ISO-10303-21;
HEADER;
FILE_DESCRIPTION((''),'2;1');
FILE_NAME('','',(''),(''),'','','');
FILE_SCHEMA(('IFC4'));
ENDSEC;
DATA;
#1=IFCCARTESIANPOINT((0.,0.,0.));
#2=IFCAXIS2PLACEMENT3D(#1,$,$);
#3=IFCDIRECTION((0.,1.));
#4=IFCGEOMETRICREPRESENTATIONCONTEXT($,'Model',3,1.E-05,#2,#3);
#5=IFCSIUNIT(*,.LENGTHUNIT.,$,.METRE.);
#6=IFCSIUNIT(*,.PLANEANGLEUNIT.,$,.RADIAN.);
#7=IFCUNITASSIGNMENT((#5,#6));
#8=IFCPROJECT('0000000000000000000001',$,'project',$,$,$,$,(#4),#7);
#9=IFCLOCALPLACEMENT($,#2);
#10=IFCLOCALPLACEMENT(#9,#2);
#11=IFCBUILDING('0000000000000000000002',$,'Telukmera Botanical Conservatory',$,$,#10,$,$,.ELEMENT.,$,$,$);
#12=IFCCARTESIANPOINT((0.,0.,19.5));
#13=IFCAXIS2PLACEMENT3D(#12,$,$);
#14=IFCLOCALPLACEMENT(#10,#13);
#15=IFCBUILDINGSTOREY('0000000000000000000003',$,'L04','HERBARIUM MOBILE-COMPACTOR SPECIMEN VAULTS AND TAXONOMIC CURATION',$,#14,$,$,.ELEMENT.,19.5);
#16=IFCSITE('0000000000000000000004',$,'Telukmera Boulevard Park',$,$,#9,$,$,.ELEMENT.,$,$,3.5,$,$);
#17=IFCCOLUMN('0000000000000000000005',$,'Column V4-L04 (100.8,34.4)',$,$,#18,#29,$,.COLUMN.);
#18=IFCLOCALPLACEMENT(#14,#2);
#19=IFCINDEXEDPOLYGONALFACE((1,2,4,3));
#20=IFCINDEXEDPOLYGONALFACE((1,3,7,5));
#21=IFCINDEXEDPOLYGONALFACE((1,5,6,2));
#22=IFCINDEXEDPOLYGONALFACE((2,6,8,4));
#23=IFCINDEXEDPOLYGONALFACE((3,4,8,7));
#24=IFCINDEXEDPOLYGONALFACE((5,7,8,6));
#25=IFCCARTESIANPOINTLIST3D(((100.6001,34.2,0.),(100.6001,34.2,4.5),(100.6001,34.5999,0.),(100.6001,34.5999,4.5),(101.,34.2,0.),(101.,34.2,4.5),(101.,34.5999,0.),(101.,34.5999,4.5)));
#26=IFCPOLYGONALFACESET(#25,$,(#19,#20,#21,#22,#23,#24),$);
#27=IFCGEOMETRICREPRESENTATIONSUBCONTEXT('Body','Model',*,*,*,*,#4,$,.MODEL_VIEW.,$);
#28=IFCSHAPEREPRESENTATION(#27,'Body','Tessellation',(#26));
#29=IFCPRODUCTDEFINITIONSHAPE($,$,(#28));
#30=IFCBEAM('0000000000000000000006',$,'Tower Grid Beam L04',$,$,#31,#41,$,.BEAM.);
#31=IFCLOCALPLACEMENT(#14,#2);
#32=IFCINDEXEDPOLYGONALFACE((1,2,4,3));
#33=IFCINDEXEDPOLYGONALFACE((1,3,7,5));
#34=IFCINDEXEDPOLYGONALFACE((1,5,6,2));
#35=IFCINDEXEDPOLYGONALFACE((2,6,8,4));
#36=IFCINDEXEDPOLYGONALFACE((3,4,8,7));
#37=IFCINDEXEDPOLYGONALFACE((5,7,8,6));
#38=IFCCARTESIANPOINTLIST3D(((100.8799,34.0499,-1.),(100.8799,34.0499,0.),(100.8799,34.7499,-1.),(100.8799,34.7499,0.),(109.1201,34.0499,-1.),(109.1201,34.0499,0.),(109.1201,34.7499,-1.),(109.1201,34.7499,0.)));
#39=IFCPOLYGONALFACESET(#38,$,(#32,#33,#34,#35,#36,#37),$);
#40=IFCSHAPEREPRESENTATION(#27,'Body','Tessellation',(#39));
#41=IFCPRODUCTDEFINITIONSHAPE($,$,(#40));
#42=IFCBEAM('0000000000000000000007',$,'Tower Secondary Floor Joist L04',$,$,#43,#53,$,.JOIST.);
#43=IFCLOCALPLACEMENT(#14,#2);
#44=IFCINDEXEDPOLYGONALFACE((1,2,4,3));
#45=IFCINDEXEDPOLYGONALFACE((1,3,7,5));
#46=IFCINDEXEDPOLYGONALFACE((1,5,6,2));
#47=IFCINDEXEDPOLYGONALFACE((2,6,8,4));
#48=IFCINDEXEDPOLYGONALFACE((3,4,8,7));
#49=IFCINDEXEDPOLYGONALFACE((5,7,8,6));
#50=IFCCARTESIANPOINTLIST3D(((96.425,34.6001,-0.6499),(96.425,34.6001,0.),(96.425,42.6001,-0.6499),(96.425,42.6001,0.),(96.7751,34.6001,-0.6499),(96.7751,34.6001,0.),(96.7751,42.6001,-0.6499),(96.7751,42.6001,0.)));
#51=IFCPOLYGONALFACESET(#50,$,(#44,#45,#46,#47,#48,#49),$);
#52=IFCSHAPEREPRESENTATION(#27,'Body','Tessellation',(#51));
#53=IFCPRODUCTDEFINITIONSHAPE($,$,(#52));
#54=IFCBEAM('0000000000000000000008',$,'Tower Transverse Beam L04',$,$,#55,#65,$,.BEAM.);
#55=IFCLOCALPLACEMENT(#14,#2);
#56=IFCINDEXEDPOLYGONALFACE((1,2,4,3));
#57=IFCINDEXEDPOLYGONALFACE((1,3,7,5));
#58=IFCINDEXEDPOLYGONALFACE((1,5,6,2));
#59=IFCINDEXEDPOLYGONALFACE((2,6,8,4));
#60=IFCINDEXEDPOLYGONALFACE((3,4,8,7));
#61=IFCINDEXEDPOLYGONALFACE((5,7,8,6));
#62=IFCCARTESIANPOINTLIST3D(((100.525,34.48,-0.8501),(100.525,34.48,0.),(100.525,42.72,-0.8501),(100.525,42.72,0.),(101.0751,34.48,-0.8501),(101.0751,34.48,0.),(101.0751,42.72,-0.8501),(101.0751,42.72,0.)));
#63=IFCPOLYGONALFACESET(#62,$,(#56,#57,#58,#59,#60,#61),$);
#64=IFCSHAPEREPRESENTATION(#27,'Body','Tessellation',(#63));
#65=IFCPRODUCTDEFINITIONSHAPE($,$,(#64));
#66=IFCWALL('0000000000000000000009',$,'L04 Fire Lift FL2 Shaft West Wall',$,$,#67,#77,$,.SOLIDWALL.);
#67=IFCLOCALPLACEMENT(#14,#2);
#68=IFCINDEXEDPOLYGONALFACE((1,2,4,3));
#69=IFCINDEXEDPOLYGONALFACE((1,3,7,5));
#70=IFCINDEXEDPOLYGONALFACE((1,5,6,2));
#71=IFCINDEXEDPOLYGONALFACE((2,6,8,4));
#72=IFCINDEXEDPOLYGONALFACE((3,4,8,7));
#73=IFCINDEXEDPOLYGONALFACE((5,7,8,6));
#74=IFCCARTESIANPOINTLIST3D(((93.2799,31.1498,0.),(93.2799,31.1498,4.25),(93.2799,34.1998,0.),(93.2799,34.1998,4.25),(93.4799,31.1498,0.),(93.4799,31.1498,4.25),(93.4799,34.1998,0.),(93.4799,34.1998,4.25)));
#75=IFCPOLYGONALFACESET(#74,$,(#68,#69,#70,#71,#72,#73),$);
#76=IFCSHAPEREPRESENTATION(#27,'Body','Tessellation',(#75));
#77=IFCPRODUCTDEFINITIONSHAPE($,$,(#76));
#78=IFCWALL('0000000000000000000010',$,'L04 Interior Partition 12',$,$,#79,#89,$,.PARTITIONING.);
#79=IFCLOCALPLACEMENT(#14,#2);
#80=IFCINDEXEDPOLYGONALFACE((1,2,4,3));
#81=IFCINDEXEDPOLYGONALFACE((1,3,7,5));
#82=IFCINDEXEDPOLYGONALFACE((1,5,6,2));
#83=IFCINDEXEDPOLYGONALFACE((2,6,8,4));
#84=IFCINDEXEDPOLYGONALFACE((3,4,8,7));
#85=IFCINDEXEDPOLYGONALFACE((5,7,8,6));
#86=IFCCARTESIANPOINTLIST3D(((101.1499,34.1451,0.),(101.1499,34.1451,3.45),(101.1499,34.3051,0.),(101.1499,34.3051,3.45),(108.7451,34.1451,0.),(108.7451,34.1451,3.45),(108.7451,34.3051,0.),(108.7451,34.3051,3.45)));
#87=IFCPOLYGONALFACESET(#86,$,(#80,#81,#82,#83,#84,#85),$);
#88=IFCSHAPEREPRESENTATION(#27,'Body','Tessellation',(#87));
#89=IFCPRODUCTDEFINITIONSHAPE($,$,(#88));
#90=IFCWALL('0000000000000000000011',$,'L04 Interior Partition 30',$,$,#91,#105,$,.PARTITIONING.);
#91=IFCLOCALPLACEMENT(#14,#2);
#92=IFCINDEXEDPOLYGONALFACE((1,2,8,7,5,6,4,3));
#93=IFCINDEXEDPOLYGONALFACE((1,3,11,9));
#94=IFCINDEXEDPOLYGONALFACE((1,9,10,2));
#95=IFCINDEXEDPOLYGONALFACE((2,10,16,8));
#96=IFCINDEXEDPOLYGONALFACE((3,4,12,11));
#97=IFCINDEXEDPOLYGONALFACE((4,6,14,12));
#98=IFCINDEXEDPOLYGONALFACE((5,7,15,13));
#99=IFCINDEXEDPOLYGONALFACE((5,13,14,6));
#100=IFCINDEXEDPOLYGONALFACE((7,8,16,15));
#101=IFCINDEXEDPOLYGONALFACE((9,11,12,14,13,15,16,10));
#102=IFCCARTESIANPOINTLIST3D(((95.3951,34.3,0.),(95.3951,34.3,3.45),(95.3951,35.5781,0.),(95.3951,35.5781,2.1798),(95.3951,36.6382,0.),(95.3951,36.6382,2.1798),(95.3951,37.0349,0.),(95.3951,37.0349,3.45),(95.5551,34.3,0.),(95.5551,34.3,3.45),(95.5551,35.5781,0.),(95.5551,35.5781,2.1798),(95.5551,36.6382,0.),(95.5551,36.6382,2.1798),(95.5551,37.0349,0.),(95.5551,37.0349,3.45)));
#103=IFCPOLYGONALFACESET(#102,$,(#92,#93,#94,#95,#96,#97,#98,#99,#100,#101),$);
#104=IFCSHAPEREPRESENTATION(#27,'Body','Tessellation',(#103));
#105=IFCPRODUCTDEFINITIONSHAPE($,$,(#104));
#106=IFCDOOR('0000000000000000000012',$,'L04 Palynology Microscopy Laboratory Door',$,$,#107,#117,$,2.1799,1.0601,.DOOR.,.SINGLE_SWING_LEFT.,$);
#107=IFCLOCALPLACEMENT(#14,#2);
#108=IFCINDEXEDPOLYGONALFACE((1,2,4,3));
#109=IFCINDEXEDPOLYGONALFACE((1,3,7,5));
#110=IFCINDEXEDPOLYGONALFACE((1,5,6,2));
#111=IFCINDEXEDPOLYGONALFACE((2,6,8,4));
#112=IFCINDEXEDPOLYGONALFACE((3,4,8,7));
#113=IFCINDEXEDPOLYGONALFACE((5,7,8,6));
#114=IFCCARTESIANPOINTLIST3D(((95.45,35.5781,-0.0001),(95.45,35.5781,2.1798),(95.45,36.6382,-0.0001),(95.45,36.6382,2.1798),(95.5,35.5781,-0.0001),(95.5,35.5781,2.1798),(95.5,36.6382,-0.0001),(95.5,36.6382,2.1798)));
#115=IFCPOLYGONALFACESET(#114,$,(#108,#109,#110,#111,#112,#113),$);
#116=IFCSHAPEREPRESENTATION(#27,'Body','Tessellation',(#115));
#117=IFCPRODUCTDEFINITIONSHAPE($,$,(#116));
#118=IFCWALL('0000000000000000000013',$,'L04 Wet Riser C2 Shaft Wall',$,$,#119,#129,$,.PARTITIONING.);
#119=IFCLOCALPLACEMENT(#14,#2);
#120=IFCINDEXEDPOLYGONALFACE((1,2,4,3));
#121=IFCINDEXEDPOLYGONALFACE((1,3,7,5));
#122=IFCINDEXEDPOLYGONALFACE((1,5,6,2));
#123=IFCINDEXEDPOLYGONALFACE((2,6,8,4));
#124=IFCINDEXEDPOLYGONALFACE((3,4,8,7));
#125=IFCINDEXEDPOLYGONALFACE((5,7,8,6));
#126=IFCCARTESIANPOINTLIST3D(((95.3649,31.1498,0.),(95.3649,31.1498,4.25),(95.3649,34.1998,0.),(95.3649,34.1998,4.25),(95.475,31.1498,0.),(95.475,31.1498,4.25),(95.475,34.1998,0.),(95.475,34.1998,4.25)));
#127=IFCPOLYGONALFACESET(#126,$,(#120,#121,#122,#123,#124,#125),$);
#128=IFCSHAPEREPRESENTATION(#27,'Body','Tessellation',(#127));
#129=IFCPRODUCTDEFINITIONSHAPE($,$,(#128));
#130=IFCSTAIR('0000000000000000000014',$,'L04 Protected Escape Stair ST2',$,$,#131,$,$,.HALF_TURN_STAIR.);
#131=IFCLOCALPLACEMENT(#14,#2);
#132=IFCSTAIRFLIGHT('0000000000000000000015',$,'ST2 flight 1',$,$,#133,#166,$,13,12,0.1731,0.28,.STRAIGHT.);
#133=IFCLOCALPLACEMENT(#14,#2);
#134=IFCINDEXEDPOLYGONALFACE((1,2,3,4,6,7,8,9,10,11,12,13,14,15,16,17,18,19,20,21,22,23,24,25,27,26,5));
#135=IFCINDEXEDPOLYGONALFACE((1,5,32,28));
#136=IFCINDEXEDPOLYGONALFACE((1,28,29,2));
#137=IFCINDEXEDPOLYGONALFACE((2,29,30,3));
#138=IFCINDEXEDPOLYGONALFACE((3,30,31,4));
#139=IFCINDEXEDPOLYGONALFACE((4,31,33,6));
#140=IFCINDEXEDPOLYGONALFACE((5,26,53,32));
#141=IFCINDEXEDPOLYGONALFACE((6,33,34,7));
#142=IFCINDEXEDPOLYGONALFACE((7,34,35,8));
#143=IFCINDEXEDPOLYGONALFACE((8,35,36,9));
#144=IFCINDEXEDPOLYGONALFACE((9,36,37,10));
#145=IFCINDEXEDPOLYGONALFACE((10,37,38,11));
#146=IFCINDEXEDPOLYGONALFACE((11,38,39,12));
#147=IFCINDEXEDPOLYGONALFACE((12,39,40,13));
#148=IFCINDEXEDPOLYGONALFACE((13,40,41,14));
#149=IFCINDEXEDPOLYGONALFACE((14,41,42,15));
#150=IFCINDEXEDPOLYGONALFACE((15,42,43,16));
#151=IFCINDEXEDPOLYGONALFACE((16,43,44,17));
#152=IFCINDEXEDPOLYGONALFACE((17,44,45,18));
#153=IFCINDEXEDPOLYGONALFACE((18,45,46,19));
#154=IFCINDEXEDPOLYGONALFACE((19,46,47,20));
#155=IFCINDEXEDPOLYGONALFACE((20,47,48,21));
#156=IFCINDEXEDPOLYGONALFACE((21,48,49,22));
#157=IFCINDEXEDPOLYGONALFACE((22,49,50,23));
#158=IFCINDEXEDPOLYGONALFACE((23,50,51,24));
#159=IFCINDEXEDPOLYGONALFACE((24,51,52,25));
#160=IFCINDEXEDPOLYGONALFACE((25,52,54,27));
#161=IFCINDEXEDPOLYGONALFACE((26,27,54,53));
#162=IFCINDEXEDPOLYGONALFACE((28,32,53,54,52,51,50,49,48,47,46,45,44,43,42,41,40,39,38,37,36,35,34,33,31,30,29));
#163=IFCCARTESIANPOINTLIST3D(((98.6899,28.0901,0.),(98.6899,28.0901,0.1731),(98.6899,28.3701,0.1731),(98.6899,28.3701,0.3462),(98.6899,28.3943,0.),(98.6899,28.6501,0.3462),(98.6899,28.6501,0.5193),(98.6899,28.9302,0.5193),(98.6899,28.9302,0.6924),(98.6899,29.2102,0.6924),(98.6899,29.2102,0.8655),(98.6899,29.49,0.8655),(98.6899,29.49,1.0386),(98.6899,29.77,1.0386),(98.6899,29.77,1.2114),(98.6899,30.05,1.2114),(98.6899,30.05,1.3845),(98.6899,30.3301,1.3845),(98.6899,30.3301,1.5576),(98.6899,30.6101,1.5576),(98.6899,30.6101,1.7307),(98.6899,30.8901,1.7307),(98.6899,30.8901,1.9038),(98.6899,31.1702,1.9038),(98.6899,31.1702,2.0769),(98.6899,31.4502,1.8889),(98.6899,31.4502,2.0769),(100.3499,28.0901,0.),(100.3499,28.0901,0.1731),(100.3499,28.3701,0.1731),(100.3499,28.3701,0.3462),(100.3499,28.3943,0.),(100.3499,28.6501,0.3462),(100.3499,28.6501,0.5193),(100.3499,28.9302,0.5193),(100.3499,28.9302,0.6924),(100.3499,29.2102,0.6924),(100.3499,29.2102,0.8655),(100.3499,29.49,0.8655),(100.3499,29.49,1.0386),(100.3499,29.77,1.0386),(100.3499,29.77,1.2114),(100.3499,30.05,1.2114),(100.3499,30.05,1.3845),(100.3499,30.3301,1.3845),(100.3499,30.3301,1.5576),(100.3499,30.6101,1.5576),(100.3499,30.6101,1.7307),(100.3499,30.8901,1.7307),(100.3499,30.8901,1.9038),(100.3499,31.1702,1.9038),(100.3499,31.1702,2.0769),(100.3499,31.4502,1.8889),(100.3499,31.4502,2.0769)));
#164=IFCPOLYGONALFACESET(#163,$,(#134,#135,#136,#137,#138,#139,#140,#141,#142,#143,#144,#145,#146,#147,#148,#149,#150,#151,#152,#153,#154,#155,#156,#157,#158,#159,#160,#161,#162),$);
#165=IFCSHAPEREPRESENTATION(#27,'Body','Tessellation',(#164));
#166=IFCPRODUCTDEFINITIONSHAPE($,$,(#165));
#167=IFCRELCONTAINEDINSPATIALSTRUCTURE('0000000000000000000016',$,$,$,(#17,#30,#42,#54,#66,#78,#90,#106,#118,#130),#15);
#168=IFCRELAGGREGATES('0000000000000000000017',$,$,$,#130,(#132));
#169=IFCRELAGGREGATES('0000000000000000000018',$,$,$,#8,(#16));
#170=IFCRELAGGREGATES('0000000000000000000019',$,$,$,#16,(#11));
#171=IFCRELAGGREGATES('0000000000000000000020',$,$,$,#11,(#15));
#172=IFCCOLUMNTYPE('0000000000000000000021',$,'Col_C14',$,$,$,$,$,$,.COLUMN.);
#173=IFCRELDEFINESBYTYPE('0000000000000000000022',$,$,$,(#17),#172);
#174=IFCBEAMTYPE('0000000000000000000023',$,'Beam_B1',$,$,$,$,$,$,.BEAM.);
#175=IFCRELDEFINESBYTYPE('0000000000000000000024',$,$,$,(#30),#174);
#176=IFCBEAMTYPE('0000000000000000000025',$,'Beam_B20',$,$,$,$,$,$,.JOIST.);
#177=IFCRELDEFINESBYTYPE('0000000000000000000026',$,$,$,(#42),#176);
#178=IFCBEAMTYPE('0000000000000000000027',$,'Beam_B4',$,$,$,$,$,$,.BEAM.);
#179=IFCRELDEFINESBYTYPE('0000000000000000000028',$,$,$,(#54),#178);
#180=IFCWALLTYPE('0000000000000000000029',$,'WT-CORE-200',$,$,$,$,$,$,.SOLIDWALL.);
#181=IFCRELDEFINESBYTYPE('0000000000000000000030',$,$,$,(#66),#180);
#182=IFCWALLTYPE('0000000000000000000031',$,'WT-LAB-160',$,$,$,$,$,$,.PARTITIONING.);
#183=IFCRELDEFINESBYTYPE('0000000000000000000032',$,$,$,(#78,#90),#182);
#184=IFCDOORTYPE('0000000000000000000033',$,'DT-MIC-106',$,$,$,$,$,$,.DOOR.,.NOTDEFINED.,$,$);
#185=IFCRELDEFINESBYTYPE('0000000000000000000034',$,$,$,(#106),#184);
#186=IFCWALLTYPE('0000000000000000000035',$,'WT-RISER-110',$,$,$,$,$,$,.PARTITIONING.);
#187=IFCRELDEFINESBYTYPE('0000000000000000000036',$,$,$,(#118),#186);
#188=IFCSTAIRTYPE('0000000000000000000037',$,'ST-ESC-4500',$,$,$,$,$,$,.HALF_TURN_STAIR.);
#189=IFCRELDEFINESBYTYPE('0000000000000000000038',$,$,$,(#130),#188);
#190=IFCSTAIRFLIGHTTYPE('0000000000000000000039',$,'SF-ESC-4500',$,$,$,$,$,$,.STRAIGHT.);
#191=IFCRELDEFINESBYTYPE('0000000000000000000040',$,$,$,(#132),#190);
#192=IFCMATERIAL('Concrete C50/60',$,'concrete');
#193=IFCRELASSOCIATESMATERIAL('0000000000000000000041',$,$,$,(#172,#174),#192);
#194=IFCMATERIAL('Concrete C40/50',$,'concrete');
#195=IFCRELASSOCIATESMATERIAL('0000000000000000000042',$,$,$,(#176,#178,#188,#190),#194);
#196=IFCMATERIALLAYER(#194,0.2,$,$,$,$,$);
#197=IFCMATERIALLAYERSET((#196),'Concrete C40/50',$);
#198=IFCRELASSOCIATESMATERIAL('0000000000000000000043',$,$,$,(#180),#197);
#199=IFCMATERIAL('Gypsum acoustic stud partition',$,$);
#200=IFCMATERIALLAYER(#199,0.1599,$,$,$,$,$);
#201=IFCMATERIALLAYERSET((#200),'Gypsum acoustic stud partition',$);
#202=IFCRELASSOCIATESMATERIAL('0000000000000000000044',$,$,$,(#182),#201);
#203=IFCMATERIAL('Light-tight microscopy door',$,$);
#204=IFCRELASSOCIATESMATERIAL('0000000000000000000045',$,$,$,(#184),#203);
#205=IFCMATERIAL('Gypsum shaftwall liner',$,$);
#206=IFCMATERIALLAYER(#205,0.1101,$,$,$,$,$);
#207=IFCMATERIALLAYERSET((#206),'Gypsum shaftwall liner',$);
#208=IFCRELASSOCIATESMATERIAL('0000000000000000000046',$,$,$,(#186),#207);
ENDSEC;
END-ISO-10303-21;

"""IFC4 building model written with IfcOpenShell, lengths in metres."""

from ifc_helpers import new_model, si_unit, direction, frame, frame_2d, origin, origin_2d, place, context, subcontext, project, spatial, polyline, rectangle, outline, extrude, material, layer, layer_set, material_profile, profile_set, type_object, element, fill, aggregate, save


model = new_model("IFC4")

# Units and contexts
model_context = context("Model", 3, precision=1e-05, world=origin(), true_north=direction((0.0, 1.0)))
body_context = subcontext(model_context, "Body", "Model", "MODEL_VIEW")
ifc_project = project(units=[si_unit("LENGTHUNIT", "METRE"), si_unit("PLANEANGLEUNIT", "RADIAN")], contexts=[model_context])

# Site, building, storey
site_placement = place(None, origin())
site = spatial("IfcSite", under=ifc_project, at=site_placement, Name="Telukmera Boulevard Park", CompositionType="ELEMENT", RefElevation=3.5)
building_placement = place(site_placement, origin())
building = spatial("IfcBuilding", under=site, at=building_placement, Name="Telukmera Botanical Conservatory", CompositionType="ELEMENT")
storey_placement = place(building_placement, frame((0.0, 0.0, 19.5)))
storey = spatial("IfcBuildingStorey", under=building, at=storey_placement, Name="L04", Description="HERBARIUM MOBILE-COMPACTOR SPECIMEN VAULTS AND TAXONOMIC CURATION", CompositionType="ELEMENT", Elevation=19.5)

# Column
ifc_material_1 = material(Name="Concrete C50/60", Category="concrete")
ifc_material_profile_1 = material_profile(ifc_material_1, rectangle(XDim=0.3999, YDim=0.3999, at=origin_2d()), Name="RC 400x400")
ifc_profile_set_1 = profile_set([ifc_material_profile_1], Name="Concrete C50/60")
column_type = type_object("IfcColumnType", Name="Col_C14", PredefinedType="COLUMN", material=ifc_profile_set_1)
column_placement = place(storey_placement, frame((100.8, 34.3999, 0.0), z_axis=(0.0, 0.0, 1.0), x_axis=(1.0, 0.0, 0.0)))
element("IfcColumn", 1, at=column_placement, inside=storey, type_object=column_type, Name="Column V4-L04 (100.8,34.4)", PredefinedType="COLUMN", context=body_context, shape_type="SweptSolid", body=[
    extrude(rectangle(XDim=0.3999, YDim=0.3999, at=origin_2d()), origin(), (0.0, 0.0, 1.0), 4.5),
])

# Beams
ifc_material_profile_2 = material_profile(ifc_material_1, rectangle(XDim=0.7, YDim=1.0, at=origin_2d()), Name="RC 700x1000")
ifc_profile_set_2 = profile_set([ifc_material_profile_2], Name="Concrete C50/60")
beam_type_1 = type_object("IfcBeamType", Name="Beam_B1", PredefinedType="BEAM", material=ifc_profile_set_2)
beam_1_placement = place(storey_placement, frame((100.8799, 34.3999, -0.5), z_axis=(1.0, 0.0, 0.0), x_axis=(0.0, 1.0, 0.0)))
element("IfcBeam", 2, at=beam_1_placement, inside=storey, type_object=beam_type_1, Name="Tower Grid Beam L04", PredefinedType="BEAM", context=body_context, shape_type="SweptSolid", body=[
    extrude(rectangle(XDim=0.7, YDim=1.0, at=origin_2d()), origin(), (0.0, 0.0, 1.0), 8.2402),
])
ifc_material_2 = material(Name="Concrete C40/50", Category="concrete")
ifc_material_profile_3 = material_profile(ifc_material_2, rectangle(XDim=0.3501, YDim=0.6499, at=origin_2d()), Name="RC 350x650")
ifc_profile_set_3 = profile_set([ifc_material_profile_3], Name="Concrete C40/50")
beam_type_2 = type_object("IfcBeamType", Name="Beam_B20", PredefinedType="JOIST", material=ifc_profile_set_3)
beam_2_placement = place(storey_placement, frame((96.6001, 34.6001, -0.325), z_axis=(0.0, 1.0, 0.0), x_axis=(-1.0, 0.0, 0.0)))
element("IfcBeam", 3, at=beam_2_placement, inside=storey, type_object=beam_type_2, Name="Tower Secondary Floor Joist L04", PredefinedType="JOIST", context=body_context, shape_type="SweptSolid", body=[
    extrude(rectangle(XDim=0.3501, YDim=0.6499, at=origin_2d()), origin(), (0.0, 0.0, 1.0), 8.0),
])
ifc_material_profile_4 = material_profile(ifc_material_2, rectangle(XDim=0.55, YDim=0.8501, at=origin_2d()), Name="RC 550x850")
ifc_profile_set_4 = profile_set([ifc_material_profile_4], Name="Concrete C40/50")
beam_type_3 = type_object("IfcBeamType", Name="Beam_B4", PredefinedType="BEAM", material=ifc_profile_set_4)
beam_3_placement = place(storey_placement, frame((100.8, 34.48, -0.425), z_axis=(0.0, 1.0, 0.0), x_axis=(-1.0, 0.0, 0.0)))
element("IfcBeam", 4, at=beam_3_placement, inside=storey, type_object=beam_type_3, Name="Tower Transverse Beam L04", PredefinedType="BEAM", context=body_context, shape_type="SweptSolid", body=[
    extrude(rectangle(XDim=0.55, YDim=0.8501, at=origin_2d()), origin(), (0.0, 0.0, 1.0), 8.24),
])

# Walls
ifc_layer_1 = layer(ifc_material_2, 0.2)
ifc_layer_set_1 = layer_set([ifc_layer_1], Name="Concrete C40/50")
wall_type_1 = type_object("IfcWallType", Name="WT-CORE-200", PredefinedType="SOLIDWALL", material=ifc_layer_set_1)
wall_1_placement = place(storey_placement, frame((93.3799, 31.1499, 0.0), z_axis=(0.0, 0.0, 1.0), x_axis=(0.0, 1.0, 0.0)))
element("IfcWall", 5, at=wall_1_placement, inside=storey, type_object=wall_type_1, Name="L04 Fire Lift FL2 Shaft West Wall", PredefinedType="SOLIDWALL", context=body_context, shape_type="SweptSolid", body=[
    extrude(rectangle(XDim=3.05, YDim=0.2, at=frame_2d((1.5249, 0.0))), origin(), (0.0, 0.0, 1.0), 4.25),
])
ifc_material_3 = material(Name="Gypsum acoustic stud partition")
ifc_layer_2 = layer(ifc_material_3, 0.1599)
ifc_layer_set_2 = layer_set([ifc_layer_2], Name="Gypsum acoustic stud partition")
wall_type_2 = type_object("IfcWallType", Name="WT-LAB-160", PredefinedType="PARTITIONING", material=ifc_layer_set_2)
wall_2_placement = place(storey_placement, frame((101.1499, 34.2251, 0.0), z_axis=(0.0, 0.0, 1.0), x_axis=(1.0, 0.0, 0.0)))
element("IfcWall", 6, at=wall_2_placement, inside=storey, type_object=wall_type_2, Name="L04 Interior Partition 12", PredefinedType="PARTITIONING", context=body_context, shape_type="SweptSolid", body=[
    extrude(rectangle(XDim=7.5952, YDim=0.1599, at=frame_2d((3.7976, 0.0))), origin(), (0.0, 0.0, 1.0), 3.45),
])

# Wall, opening, door
wall_3_placement = place(storey_placement, frame((95.4751, 34.3, 0.0), z_axis=(0.0, 0.0, 1.0), x_axis=(0.0, 1.0, 0.0)))
wall_3 = element("IfcWall", 7, at=wall_3_placement, inside=storey, type_object=wall_type_2, Name="L04 Interior Partition 30", PredefinedType="PARTITIONING", context=body_context, shape_type="SweptSolid", body=[
    extrude(rectangle(XDim=2.7349, YDim=0.1599, at=frame_2d((1.3674, 0.0))), origin(), (0.0, 0.0, 1.0), 3.45),
])
opening_placement = place(wall_3_placement, frame((1.2781, 0.0, 0.0)))
opening = element("IfcOpeningElement", 8, at=opening_placement, cuts=wall_3, PredefinedType="OPENING", context=body_context, shape_type="SweptSolid", body=[
    extrude(rectangle(XDim=1.0601, YDim=2.1799, at=frame_2d((0.53, 1.0898))), frame((0.0, 0.0898, 0.0), z_axis=(0.0, -1.0, 0.0), x_axis=(1.0, 0.0, 0.0)), (0.0, 0.0, 1.0), 0.1799),
])
ifc_material_4 = material(Name="Light-tight microscopy door")
door_type = type_object("IfcDoorType", Name="DT-MIC-106", OperationType="NOTDEFINED", PredefinedType="DOOR", material=ifc_material_4)
door_placement = place(opening_placement, frame((1.0601, 0.0, 0.0), z_axis=(0.0, 0.0, 1.0), x_axis=(-1.0, 0.0, 0.0)))
door = element("IfcDoor", 9, at=door_placement, inside=storey, type_object=door_type, Name="L04 Palynology Microscopy Laboratory Door", OperationType="SINGLE_SWING_LEFT", OverallHeight=2.1799, OverallWidth=1.0601, PredefinedType="DOOR", context=body_context, shape_type="SweptSolid", body=[
    extrude(rectangle(XDim=1.0601, YDim=2.1799, at=frame_2d((0.53, 1.0898))), frame((0.0, 0.0249, 0.0), z_axis=(0.0, -1.0, 0.0), x_axis=(1.0, 0.0, 0.0)), (0.0, 0.0, 1.0), 0.05),
])
fill(opening, door)

# Wall
ifc_material_5 = material(Name="Gypsum shaftwall liner")
ifc_layer_3 = layer(ifc_material_5, 0.1101)
ifc_layer_set_3 = layer_set([ifc_layer_3], Name="Gypsum shaftwall liner")
wall_type_3 = type_object("IfcWallType", Name="WT-RISER-110", PredefinedType="PARTITIONING", material=ifc_layer_set_3)
wall_4_placement = place(storey_placement, frame((95.4199, 31.1499, 0.0), z_axis=(0.0, 0.0, 1.0), x_axis=(0.0, 1.0, 0.0)))
element("IfcWall", 10, at=wall_4_placement, inside=storey, type_object=wall_type_3, Name="L04 Wet Riser C2 Shaft Wall", PredefinedType="PARTITIONING", context=body_context, shape_type="SweptSolid", body=[
    extrude(rectangle(XDim=3.05, YDim=0.1101, at=frame_2d((1.5249, 0.0))), origin(), (0.0, 0.0, 1.0), 4.25),
])

# Stair, stair flight
stair_type = type_object("IfcStairType", Name="ST-ESC-4500", PredefinedType="HALF_TURN_STAIR", material=ifc_material_2)
stair_placement = place(storey_placement, origin())
stair = element("IfcStair", 11, at=stair_placement, inside=storey, type_object=stair_type, Name="L04 Protected Escape Stair ST2", PredefinedType="HALF_TURN_STAIR")
stair_flight_type = type_object("IfcStairFlightType", Name="SF-ESC-4500", PredefinedType="STRAIGHT", material=ifc_material_2)
stair_flight_1_placement = place(storey_placement, frame((99.52, 28.0901, 0.0), z_axis=(0.0, 0.0, 1.0), x_axis=(0.0, 1.0, 0.0)))
stair_flight_1 = element("IfcStairFlight", 12, at=stair_flight_1_placement, type_object=stair_flight_type, Name="ST2 flight 1", NumberOfRisers=13, NumberOfTreads=12, PredefinedType="STRAIGHT", RiserHeight=0.1731, TreadLength=0.28, context=body_context, shape_type="SweptSolid", body=[
    extrude(outline(polyline([(0.0, 0.0), (0.0, 0.1731), (0.28, 0.1731), (0.28, 0.3462), (0.5601, 0.3462), (0.5601, 0.5193), (0.8401, 0.5193), (0.8401, 0.6924), (1.1201, 0.6924), (1.1201, 0.8655), (1.3999, 0.8655), (1.3999, 1.0386), (1.6799, 1.0386), (1.6799, 1.2114), (1.96, 1.2114), (1.96, 1.3845), (2.24, 1.3845), (2.24, 1.5576), (2.52, 1.5576), (2.52, 1.7307), (2.8, 1.7307), (2.8, 1.9038), (3.0801, 1.9038), (3.0801, 2.0769), (3.3601, 2.0769), (3.3601, 2.25), (3.3601, 1.8889), (0.3042, 0.0), (0.0, 0.0)])), frame((0.0, 0.8301, 0.0), z_axis=(0.0, -1.0, 0.0), x_axis=(1.0, 0.0, 0.0)), (0.0, 0.0, 1.0), 1.6599),
])
aggregate(stair, [stair_flight_1])

save(model, "model.ifc")
